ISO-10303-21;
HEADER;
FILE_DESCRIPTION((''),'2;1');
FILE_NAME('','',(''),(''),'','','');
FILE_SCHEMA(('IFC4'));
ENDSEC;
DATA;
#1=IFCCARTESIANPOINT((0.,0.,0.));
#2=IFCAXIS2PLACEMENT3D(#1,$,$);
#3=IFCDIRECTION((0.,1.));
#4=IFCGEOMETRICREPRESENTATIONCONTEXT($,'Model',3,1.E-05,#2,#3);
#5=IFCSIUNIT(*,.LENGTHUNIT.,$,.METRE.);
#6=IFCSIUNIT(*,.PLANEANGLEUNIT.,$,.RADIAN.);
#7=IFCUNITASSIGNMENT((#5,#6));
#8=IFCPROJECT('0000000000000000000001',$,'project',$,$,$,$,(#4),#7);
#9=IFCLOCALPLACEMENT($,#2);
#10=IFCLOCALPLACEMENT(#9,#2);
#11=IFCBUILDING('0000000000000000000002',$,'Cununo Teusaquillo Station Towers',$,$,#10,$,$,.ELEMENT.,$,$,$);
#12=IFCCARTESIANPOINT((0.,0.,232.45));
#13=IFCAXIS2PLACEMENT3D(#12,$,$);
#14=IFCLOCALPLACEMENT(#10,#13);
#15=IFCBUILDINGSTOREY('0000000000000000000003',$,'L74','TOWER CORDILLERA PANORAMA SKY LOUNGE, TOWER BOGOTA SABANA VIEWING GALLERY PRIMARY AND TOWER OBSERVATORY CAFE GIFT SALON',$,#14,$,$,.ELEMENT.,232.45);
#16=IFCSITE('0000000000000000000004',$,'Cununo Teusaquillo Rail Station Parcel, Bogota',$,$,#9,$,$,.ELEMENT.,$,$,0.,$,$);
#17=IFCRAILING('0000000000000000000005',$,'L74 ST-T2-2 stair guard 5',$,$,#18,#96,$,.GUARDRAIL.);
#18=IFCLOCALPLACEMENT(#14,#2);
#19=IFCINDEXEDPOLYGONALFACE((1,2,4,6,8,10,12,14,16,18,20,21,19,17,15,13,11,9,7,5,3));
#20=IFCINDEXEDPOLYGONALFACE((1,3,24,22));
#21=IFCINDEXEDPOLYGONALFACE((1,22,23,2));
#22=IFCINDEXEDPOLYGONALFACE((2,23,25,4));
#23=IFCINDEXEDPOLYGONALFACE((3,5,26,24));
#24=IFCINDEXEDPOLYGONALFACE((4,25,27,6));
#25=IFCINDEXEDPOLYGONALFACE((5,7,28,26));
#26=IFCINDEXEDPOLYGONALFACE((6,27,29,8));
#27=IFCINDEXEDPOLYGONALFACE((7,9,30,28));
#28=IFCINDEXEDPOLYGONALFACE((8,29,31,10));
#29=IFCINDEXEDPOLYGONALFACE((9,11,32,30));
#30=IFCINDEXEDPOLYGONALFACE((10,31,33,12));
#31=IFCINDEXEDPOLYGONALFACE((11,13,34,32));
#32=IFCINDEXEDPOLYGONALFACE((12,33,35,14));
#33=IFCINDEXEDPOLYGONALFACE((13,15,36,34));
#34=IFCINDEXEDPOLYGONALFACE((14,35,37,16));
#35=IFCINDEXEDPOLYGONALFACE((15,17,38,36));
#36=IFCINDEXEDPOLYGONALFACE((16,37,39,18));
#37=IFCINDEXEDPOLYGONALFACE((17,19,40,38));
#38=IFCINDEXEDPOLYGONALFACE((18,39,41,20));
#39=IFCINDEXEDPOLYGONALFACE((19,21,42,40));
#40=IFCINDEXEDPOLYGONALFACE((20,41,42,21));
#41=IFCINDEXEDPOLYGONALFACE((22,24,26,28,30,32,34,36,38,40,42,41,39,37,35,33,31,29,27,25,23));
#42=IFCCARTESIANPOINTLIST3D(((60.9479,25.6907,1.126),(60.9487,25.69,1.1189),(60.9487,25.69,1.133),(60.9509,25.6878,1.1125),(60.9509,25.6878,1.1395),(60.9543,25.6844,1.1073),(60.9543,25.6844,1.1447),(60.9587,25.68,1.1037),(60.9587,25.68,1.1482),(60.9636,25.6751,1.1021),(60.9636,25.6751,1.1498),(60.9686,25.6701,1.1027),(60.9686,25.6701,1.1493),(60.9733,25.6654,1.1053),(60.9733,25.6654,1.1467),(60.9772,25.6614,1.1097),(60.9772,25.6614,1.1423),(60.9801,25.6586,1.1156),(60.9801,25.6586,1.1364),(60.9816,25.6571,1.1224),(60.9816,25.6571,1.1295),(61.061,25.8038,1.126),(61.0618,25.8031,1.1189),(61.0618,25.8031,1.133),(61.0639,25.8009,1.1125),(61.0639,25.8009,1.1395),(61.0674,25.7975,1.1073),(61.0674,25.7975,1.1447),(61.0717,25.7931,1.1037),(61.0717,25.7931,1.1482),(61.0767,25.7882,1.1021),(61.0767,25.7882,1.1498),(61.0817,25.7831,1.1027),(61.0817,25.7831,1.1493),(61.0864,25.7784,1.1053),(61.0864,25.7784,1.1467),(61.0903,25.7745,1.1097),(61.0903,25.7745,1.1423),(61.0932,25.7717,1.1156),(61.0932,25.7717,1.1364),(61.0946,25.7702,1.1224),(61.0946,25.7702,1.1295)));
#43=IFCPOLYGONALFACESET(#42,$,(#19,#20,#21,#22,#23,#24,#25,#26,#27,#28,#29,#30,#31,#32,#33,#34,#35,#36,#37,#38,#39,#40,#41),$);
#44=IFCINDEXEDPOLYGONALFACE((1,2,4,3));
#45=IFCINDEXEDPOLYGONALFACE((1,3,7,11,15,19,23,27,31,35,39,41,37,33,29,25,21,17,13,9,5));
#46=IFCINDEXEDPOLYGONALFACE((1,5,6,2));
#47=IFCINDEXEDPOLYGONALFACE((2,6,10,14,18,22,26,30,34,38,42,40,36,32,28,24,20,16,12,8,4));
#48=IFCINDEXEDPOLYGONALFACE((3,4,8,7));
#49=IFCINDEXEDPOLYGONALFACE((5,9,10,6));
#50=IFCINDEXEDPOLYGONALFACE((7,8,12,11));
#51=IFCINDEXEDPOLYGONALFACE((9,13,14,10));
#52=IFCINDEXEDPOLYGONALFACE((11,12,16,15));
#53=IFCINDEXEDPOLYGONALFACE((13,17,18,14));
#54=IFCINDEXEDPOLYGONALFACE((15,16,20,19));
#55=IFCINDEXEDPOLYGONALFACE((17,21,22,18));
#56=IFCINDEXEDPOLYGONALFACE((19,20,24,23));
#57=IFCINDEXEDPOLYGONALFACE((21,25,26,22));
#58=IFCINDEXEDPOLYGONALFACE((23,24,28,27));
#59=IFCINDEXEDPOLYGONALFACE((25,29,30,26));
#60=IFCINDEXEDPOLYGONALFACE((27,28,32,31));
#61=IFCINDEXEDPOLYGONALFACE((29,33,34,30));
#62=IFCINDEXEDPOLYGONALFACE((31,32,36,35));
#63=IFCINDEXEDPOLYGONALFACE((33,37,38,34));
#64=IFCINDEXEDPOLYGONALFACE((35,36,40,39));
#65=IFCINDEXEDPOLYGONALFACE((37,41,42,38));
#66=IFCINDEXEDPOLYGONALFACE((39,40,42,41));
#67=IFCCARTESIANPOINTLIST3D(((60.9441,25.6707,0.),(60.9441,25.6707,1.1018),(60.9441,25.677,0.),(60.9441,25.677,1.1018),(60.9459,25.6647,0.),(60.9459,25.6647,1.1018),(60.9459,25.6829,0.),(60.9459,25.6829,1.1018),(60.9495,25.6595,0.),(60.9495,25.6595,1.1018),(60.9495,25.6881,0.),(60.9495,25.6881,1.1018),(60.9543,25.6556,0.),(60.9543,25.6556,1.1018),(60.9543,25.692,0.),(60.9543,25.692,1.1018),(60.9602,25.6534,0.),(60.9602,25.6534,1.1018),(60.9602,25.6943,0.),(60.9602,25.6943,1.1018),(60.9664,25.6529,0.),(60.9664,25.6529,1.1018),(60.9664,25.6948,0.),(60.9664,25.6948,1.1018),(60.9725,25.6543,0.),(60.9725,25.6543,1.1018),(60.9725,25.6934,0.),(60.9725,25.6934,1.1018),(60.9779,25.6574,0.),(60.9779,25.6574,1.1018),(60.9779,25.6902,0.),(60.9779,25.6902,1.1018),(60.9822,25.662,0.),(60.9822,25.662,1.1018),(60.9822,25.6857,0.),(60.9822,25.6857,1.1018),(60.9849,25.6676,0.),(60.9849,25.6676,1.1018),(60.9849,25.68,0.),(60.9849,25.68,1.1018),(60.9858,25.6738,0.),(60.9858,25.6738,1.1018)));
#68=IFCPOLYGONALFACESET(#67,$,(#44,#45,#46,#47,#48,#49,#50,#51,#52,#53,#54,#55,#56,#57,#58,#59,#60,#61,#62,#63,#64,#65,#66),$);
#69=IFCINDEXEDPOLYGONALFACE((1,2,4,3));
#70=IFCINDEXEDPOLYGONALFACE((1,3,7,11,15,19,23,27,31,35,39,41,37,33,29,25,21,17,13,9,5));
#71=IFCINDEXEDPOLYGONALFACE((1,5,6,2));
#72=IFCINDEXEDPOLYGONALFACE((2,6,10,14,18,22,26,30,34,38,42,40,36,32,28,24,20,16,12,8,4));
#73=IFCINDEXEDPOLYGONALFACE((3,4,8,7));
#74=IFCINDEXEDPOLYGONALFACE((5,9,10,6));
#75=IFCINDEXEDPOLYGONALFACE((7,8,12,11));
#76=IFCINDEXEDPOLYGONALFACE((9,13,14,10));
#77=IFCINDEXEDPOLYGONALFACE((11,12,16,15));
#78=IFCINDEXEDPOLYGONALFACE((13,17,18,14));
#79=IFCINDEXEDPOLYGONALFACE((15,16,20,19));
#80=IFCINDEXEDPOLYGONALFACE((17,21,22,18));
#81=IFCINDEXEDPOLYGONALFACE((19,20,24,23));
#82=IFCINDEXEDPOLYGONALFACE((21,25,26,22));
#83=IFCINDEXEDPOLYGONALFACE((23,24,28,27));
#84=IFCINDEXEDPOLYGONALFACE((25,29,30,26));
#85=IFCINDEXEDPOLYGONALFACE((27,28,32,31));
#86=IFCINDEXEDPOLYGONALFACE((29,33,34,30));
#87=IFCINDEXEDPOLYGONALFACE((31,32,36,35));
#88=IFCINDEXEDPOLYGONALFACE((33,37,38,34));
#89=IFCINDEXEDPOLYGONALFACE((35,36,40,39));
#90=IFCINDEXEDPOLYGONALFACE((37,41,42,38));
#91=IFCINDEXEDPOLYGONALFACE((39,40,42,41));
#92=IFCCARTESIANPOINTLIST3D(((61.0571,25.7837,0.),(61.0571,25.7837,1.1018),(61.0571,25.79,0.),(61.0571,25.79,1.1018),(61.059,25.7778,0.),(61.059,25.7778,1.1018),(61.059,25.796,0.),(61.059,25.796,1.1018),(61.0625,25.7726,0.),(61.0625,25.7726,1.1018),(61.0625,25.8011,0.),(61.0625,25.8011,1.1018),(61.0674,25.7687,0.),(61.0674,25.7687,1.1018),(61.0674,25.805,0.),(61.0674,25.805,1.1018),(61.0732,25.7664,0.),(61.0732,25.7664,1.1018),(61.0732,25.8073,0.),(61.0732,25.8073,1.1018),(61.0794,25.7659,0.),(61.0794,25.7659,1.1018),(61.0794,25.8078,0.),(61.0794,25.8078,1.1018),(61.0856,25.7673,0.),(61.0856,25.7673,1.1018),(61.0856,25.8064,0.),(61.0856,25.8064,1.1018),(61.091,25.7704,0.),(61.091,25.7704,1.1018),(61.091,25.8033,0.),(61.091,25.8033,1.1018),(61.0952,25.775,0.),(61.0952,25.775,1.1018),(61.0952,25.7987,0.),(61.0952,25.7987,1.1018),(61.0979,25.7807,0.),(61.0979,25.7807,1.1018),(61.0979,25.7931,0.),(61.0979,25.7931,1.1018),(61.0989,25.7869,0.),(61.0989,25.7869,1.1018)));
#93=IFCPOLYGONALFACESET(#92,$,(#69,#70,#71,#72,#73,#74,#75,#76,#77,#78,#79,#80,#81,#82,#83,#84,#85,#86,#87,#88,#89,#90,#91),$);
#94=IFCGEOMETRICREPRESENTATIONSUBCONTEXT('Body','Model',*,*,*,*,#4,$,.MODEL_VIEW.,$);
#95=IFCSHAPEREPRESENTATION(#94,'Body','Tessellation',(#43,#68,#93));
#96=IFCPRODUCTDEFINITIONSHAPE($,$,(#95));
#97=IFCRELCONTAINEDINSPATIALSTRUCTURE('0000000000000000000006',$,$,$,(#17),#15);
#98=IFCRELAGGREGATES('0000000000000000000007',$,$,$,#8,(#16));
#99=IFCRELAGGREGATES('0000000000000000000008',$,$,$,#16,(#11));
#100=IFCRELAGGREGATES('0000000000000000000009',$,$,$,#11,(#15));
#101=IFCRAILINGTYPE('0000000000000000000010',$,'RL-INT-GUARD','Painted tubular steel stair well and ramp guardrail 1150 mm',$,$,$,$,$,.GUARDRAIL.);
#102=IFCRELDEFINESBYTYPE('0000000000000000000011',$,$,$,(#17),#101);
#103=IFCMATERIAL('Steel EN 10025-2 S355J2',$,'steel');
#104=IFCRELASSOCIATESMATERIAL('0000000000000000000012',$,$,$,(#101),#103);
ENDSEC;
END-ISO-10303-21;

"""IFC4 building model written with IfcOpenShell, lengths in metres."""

from ifc_helpers import new_model, si_unit, direction, frame, origin, origin_2d, place, context, subcontext, project, spatial, circle, extrude, material, type_object, element, save


model = new_model("IFC4")

# Units and contexts
model_context = context("Model", 3, precision=1e-05, world=origin(), true_north=direction((0.0, 1.0)))
body_context = subcontext(model_context, "Body", "Model", "MODEL_VIEW")
ifc_project = project(units=[si_unit("LENGTHUNIT", "METRE"), si_unit("PLANEANGLEUNIT", "RADIAN")], contexts=[model_context])

# Site, building, storey
site_placement = place(None, origin())
site = spatial("IfcSite", under=ifc_project, at=site_placement, Name="Cununo Teusaquillo Rail Station Parcel, Bogota", CompositionType="ELEMENT", RefElevation=0.0)
building_placement = place(site_placement, origin())
building = spatial("IfcBuilding", under=site, at=building_placement, Name="Cununo Teusaquillo Station Towers", CompositionType="ELEMENT")
storey_placement = place(building_placement, frame((0.0, 0.0, 232.45)))
storey = spatial("IfcBuildingStorey", under=building, at=storey_placement, Name="L74", Description="TOWER CORDILLERA PANORAMA SKY LOUNGE, TOWER BOGOTA SABANA VIEWING GALLERY PRIMARY AND TOWER OBSERVATORY CAFE GIFT SALON", CompositionType="ELEMENT", Elevation=232.45)

# Railing
ifc_material_1 = material(Name="Steel EN 10025-2 S355J2", Category="steel")
railing_type_1 = type_object("IfcRailingType", Name="RL-INT-GUARD", Description="Painted tubular steel stair well and ramp guardrail 1150 mm", PredefinedType="GUARDRAIL", material=ifc_material_1)
railing_1_placement = place(storey_placement, frame((60.9648, 25.6738, 0.0)))
element("IfcRailing", 1, at=railing_1_placement, inside=storey, type_object=railing_type_1, Name="L74 ST-T2-2 stair guard 5", PredefinedType="GUARDRAIL", context=body_context, shape_type="SweptSolid", body=[
    extrude(circle(Radius=0.0239, at=origin_2d()), frame((0.0, 0.0, 1.126), z_axis=(0.707107, 0.707107, 0.0), x_axis=(-0.707107, 0.707107, 0.0)), (0.0, 0.0, 1.0), 0.1599),
    extrude(circle(Radius=0.021, at=origin_2d()), origin(), (0.0, 0.0, 1.0), 1.1018),
    extrude(circle(Radius=0.021, at=origin_2d()), frame((0.113, 0.113, 0.0)), (0.0, 0.0, 1.0), 1.1018),
])

save(model, "model.ifc")
